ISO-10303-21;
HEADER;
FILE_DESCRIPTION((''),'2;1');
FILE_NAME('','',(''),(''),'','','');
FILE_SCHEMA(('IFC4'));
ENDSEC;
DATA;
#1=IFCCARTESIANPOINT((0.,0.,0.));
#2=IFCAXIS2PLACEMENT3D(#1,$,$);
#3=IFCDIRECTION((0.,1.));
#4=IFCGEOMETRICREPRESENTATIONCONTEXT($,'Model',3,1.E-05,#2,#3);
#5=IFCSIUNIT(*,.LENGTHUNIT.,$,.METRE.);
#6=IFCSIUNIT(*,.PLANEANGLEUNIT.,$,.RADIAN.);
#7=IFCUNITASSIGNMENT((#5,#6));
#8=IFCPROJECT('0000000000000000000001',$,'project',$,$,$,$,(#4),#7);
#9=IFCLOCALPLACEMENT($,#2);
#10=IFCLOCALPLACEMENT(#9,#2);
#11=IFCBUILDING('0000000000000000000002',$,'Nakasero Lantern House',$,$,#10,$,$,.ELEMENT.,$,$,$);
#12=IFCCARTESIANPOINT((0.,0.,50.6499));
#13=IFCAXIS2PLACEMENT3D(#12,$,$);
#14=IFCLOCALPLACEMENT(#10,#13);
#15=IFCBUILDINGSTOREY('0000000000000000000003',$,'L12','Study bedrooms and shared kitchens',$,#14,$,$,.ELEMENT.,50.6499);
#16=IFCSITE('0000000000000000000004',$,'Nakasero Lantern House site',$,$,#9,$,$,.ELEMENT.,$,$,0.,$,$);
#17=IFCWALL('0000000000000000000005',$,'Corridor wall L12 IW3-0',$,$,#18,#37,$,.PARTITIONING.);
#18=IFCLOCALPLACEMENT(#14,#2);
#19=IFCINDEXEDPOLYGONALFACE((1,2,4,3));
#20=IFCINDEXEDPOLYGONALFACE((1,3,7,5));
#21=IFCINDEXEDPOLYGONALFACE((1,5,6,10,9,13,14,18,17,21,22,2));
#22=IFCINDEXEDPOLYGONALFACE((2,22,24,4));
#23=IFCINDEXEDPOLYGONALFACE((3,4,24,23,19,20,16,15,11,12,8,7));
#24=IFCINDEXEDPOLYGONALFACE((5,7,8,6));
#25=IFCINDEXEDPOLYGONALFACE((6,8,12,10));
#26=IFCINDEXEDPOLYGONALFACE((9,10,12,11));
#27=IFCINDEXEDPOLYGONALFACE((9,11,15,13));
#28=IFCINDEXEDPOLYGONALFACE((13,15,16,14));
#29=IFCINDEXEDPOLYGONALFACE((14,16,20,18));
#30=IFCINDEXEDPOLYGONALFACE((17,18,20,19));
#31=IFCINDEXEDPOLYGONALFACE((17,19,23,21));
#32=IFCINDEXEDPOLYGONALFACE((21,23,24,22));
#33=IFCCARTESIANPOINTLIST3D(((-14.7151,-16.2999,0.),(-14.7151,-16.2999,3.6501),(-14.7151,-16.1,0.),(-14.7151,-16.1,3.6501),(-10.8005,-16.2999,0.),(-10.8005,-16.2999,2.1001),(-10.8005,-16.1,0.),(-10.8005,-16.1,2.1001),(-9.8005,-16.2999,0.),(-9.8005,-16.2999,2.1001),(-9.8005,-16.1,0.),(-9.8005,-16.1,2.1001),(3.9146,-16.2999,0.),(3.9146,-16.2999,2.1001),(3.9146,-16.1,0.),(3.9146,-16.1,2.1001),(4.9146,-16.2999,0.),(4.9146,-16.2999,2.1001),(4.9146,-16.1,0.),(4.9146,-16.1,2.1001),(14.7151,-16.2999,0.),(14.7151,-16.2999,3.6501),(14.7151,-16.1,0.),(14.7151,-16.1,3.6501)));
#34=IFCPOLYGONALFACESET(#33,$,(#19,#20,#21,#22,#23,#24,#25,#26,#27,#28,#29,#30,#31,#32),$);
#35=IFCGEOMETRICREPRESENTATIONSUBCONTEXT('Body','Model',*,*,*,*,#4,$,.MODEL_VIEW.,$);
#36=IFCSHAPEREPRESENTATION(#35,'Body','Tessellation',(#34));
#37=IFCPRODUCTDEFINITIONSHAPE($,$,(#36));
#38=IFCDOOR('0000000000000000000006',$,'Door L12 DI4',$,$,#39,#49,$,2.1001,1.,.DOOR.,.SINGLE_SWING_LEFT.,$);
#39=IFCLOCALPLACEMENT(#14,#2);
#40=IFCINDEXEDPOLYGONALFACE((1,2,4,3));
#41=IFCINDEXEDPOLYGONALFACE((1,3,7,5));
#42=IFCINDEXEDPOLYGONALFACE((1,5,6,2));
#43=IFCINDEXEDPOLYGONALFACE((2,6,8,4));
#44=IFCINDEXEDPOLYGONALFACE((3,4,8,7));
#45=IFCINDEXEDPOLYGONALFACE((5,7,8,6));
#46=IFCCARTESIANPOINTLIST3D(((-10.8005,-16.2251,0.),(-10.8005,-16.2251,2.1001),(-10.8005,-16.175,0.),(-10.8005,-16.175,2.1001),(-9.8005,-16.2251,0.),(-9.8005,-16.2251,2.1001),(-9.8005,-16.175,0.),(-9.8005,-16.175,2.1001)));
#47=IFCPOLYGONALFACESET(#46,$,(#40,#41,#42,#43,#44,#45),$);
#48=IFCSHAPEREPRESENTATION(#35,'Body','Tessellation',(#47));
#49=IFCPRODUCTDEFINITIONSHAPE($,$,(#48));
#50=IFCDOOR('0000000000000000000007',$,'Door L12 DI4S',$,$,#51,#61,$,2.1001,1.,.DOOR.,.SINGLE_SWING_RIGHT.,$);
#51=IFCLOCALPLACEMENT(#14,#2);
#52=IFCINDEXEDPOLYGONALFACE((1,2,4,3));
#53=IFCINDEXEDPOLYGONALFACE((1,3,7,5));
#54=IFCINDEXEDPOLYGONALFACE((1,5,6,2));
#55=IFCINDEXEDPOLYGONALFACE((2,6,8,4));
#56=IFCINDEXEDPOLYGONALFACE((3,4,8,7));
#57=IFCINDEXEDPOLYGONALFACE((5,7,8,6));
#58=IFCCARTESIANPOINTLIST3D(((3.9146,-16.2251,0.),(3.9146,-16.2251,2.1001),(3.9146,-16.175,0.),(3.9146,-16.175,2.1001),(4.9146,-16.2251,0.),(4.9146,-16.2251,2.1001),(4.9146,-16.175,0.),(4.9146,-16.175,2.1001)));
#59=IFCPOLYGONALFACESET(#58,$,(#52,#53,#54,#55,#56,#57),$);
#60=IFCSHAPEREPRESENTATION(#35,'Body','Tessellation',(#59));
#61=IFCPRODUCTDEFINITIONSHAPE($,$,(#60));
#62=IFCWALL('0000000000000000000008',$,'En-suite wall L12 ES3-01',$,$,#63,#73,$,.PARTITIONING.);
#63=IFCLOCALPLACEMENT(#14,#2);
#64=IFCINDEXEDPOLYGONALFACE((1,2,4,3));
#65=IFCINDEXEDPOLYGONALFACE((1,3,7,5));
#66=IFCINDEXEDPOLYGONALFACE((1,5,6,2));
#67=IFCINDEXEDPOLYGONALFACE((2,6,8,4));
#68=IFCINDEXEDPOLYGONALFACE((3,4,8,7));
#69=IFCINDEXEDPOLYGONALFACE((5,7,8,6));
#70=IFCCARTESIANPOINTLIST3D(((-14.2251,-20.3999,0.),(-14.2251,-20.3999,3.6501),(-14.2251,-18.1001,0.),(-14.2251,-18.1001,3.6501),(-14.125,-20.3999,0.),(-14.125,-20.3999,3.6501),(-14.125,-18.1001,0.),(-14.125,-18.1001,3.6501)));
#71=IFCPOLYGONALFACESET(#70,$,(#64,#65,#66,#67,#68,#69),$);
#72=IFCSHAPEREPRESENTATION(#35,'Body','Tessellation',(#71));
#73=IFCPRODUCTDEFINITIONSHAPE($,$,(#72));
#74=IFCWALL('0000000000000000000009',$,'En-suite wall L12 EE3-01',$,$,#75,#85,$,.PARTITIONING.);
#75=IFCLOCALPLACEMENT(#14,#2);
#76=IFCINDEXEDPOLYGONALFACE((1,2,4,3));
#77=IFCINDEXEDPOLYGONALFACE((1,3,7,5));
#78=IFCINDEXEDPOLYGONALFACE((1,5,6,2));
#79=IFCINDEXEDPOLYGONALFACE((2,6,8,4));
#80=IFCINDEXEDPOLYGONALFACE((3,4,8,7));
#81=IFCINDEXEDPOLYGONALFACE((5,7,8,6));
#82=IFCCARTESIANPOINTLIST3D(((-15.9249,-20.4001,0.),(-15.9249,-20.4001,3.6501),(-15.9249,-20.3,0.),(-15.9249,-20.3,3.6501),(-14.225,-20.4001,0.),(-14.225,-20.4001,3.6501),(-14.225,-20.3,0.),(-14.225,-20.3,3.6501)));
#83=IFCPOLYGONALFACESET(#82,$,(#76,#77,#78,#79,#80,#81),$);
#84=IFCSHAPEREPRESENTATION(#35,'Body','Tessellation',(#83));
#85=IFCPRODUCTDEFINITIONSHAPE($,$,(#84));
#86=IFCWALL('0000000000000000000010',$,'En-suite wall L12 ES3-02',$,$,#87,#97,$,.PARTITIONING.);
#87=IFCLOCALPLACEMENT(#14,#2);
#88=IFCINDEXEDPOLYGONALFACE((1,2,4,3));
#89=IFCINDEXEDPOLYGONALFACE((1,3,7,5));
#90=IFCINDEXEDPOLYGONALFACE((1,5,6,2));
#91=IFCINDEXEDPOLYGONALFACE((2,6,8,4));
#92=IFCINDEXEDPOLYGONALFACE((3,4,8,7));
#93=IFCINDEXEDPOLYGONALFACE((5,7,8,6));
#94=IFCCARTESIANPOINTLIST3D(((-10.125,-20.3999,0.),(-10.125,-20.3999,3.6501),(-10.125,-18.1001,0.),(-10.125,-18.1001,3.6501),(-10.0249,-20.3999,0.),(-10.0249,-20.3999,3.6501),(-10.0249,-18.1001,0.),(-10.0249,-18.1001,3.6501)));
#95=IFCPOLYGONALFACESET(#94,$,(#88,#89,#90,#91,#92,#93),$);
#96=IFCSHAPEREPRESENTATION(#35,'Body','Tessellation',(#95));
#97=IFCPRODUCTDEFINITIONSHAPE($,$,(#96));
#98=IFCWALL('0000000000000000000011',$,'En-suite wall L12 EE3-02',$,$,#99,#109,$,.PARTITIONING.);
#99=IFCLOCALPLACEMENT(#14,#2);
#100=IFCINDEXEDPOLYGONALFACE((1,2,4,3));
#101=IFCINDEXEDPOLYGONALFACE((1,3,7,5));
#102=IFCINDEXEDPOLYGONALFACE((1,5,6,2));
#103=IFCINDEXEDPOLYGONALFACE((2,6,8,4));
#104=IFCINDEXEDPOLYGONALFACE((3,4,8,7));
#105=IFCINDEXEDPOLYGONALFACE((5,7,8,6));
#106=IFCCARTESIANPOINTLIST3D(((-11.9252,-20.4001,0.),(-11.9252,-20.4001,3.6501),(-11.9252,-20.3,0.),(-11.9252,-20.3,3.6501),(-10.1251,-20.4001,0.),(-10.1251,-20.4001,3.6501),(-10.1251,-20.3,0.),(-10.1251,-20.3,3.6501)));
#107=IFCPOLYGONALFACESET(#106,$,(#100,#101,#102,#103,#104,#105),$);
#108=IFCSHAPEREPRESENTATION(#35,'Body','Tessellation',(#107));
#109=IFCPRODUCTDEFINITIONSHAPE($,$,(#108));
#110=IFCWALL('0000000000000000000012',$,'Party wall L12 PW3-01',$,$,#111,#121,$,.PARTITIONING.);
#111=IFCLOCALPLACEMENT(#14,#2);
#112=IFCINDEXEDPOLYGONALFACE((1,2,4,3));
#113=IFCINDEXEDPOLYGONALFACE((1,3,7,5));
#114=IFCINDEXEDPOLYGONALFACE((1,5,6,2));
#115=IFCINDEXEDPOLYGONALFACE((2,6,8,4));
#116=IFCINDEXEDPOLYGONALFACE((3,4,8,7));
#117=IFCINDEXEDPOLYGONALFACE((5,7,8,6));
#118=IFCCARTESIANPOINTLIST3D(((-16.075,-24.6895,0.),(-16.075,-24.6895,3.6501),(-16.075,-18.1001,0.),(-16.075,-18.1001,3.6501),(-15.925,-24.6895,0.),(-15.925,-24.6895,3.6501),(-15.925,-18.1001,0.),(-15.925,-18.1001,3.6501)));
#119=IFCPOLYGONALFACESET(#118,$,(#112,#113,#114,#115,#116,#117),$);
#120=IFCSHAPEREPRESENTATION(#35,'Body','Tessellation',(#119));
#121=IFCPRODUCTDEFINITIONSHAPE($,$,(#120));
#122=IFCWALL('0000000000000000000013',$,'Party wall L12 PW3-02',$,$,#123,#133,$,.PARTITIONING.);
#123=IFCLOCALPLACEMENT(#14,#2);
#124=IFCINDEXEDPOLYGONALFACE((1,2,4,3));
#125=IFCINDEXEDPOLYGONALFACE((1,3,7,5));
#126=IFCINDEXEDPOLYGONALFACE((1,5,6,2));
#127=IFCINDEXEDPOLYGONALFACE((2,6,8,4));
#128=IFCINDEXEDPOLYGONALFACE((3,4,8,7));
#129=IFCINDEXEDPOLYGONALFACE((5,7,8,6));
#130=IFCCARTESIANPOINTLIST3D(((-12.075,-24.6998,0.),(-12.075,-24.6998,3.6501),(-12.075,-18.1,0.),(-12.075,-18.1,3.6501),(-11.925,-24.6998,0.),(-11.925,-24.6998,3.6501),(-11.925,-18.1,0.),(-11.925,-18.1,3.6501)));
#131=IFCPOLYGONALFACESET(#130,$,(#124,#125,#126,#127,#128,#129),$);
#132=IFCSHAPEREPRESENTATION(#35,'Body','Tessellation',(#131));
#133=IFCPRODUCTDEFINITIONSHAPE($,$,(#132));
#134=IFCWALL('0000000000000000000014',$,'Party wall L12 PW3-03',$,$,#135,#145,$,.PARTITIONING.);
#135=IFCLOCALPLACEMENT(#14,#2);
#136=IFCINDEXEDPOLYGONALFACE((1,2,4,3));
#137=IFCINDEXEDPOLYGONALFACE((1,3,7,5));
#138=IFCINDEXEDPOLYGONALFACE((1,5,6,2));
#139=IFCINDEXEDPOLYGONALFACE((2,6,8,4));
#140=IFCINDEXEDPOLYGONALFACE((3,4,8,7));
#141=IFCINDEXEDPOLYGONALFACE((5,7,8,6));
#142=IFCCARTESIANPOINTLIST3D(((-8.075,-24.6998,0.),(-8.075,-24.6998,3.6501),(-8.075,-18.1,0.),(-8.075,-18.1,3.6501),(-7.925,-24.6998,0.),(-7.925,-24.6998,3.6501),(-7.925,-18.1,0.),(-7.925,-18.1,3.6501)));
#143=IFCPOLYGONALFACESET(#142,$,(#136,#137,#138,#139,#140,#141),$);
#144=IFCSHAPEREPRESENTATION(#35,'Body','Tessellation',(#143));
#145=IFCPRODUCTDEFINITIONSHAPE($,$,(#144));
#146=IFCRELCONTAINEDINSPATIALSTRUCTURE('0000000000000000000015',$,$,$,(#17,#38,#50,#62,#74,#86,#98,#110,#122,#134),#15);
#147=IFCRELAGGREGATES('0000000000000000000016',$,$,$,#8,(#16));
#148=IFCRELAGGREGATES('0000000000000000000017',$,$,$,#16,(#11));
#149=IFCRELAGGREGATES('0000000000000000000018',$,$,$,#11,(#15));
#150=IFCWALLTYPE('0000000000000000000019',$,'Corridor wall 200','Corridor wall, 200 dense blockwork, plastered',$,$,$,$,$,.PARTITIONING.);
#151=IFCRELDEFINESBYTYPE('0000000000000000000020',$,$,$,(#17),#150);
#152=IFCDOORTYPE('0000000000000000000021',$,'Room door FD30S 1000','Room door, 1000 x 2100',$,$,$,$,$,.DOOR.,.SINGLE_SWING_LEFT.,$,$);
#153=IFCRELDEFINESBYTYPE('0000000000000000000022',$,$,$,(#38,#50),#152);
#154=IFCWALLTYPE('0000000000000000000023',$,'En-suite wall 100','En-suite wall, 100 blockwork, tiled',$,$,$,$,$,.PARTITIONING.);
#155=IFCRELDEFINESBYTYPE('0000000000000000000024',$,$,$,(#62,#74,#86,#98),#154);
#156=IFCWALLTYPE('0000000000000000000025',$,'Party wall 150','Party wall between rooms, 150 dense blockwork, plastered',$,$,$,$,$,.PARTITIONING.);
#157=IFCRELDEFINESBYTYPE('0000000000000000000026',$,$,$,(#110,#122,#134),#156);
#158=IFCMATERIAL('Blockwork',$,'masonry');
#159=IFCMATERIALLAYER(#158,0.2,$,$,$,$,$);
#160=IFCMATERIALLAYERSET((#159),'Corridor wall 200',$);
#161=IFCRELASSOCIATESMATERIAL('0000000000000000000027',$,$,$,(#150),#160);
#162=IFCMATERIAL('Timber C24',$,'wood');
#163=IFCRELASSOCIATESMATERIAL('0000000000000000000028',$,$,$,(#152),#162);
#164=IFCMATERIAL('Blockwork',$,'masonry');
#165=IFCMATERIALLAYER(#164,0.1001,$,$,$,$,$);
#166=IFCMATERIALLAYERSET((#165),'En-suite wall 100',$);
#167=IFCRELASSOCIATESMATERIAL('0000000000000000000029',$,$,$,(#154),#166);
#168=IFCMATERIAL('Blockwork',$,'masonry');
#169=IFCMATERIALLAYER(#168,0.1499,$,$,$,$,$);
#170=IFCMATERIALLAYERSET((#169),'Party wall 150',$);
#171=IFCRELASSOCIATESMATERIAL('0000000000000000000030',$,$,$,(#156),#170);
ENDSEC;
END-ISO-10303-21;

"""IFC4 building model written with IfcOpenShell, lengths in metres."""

from ifc_helpers import new_model, si_unit, direction, frame, frame_2d, origin, place, context, subcontext, project, spatial, rectangle, extrude, material, layer, layer_set, type_object, element, fill, save


model = new_model("IFC4")

# Units and contexts
model_context = context("Model", 3, precision=1e-05, world=origin(), true_north=direction((0.0, 1.0)))
body_context = subcontext(model_context, "Body", "Model", "MODEL_VIEW")
ifc_project = project(units=[si_unit("LENGTHUNIT", "METRE"), si_unit("PLANEANGLEUNIT", "RADIAN")], contexts=[model_context])

# Site, building, storey
site_placement = place(None, origin())
site = spatial("IfcSite", under=ifc_project, at=site_placement, Name="Nakasero Lantern House site", CompositionType="ELEMENT", RefElevation=0.0)
building_placement = place(site_placement, origin())
building = spatial("IfcBuilding", under=site, at=building_placement, Name="Nakasero Lantern House", CompositionType="ELEMENT")
storey_placement = place(building_placement, frame((0.0, 0.0, 50.6499)))
storey = spatial("IfcBuildingStorey", under=building, at=storey_placement, Name="L12", Description="Study bedrooms and shared kitchens", CompositionType="ELEMENT", Elevation=50.6499)

# Wall, openings, doors
ifc_material_1 = material(Name="Blockwork", Category="masonry")
ifc_layer_1 = layer(ifc_material_1, 0.2)
ifc_layer_set_1 = layer_set([ifc_layer_1], Name="Corridor wall 200")
wall_type_1 = type_object("IfcWallType", Name="Corridor wall 200", Description="Corridor wall, 200 dense blockwork, plastered", PredefinedType="PARTITIONING", material=ifc_layer_set_1)
wall_1_placement = place(storey_placement, frame((-14.7151, -16.2, 0.0), z_axis=(0.0, 0.0, 1.0), x_axis=(1.0, 0.0, 0.0)))
wall_1 = element("IfcWall", 1, at=wall_1_placement, inside=storey, type_object=wall_type_1, Name="Corridor wall L12 IW3-0", PredefinedType="PARTITIONING", context=body_context, shape_type="SweptSolid", body=[
    extrude(rectangle(XDim=29.4302, YDim=0.2, at=frame_2d((14.7151, 0.0))), origin(), (0.0, 0.0, 1.0), 3.6501),
])
opening_1_placement = place(wall_1_placement, frame((3.9146, 0.0, 0.0)))
opening_1 = element("IfcOpeningElement", 2, at=opening_1_placement, cuts=wall_1, PredefinedType="OPENING", context=body_context, shape_type="SweptSolid", body=[
    extrude(rectangle(XDim=1.0, YDim=2.1001, at=frame_2d((0.5, 1.05))), frame((0.0, 0.1199, 0.0), z_axis=(0.0, -1.0, 0.0), x_axis=(1.0, 0.0, 0.0)), (0.0, 0.0, 1.0), 0.24),
])
opening_2_placement = place(wall_1_placement, frame((18.6296, 0.0, 0.0)))
opening_2 = element("IfcOpeningElement", 3, at=opening_2_placement, cuts=wall_1, PredefinedType="OPENING", context=body_context, shape_type="SweptSolid", body=[
    extrude(rectangle(XDim=1.0, YDim=2.1001, at=frame_2d((0.5, 1.05))), frame((0.0, 0.1199, 0.0), z_axis=(0.0, -1.0, 0.0), x_axis=(1.0, 0.0, 0.0)), (0.0, 0.0, 1.0), 0.24),
])
ifc_material_2 = material(Name="Timber C24", Category="wood")
door_type = type_object("IfcDoorType", Name="Room door FD30S 1000", Description="Room door, 1000 x 2100", OperationType="SINGLE_SWING_LEFT", PredefinedType="DOOR", material=ifc_material_2)
door_1_placement = place(opening_1_placement, origin())
door_1 = element("IfcDoor", 4, at=door_1_placement, inside=storey, type_object=door_type, Name="Door L12 DI4", OperationType="SINGLE_SWING_LEFT", OverallHeight=2.1001, OverallWidth=1.0, PredefinedType="DOOR", context=body_context, shape_type="SweptSolid", body=[
    extrude(rectangle(XDim=1.0, YDim=2.1001, at=frame_2d((0.5, 1.05))), frame((0.0, 0.0249, 0.0), z_axis=(0.0, -1.0, 0.0), x_axis=(1.0, 0.0, 0.0)), (0.0, 0.0, 1.0), 0.05),
])
fill(opening_1, door_1)
door_2_placement = place(opening_2_placement, origin())
door_2 = element("IfcDoor", 5, at=door_2_placement, inside=storey, type_object=door_type, Name="Door L12 DI4S", OperationType="SINGLE_SWING_RIGHT", OverallHeight=2.1001, OverallWidth=1.0, PredefinedType="DOOR", context=body_context, shape_type="SweptSolid", body=[
    extrude(rectangle(XDim=1.0, YDim=2.1001, at=frame_2d((0.5, 1.05))), frame((0.0, 0.0249, 0.0), z_axis=(0.0, -1.0, 0.0), x_axis=(1.0, 0.0, 0.0)), (0.0, 0.0, 1.0), 0.05),
])
fill(opening_2, door_2)

# Walls
ifc_material_3 = material(Name="Blockwork", Category="masonry")
ifc_layer_2 = layer(ifc_material_3, 0.1001)
ifc_layer_set_2 = layer_set([ifc_layer_2], Name="En-suite wall 100")
wall_type_2 = type_object("IfcWallType", Name="En-suite wall 100", Description="En-suite wall, 100 blockwork, tiled", PredefinedType="PARTITIONING", material=ifc_layer_set_2)
wall_2_placement = place(storey_placement, frame((-14.175, -18.1001, 0.0), z_axis=(0.0, 0.0, 1.0), x_axis=(0.0, -1.0, 0.0)))
element("IfcWall", 6, at=wall_2_placement, inside=storey, type_object=wall_type_2, Name="En-suite wall L12 ES3-01", PredefinedType="PARTITIONING", context=body_context, shape_type="SweptSolid", body=[
    extrude(rectangle(XDim=2.2998, YDim=0.1001, at=frame_2d((1.1499, 0.0))), origin(), (0.0, 0.0, 1.0), 3.6501),
])
wall_3_placement = place(storey_placement, frame((-15.925, -20.3501, 0.0), z_axis=(0.0, 0.0, 1.0), x_axis=(1.0, 0.0, 0.0)))
element("IfcWall", 7, at=wall_3_placement, inside=storey, type_object=wall_type_2, Name="En-suite wall L12 EE3-01", PredefinedType="PARTITIONING", context=body_context, shape_type="SweptSolid", body=[
    extrude(rectangle(XDim=1.7, YDim=0.1001, at=frame_2d((0.8501, 0.0))), origin(), (0.0, 0.0, 1.0), 3.6501),
])
wall_4_placement = place(storey_placement, frame((-10.075, -18.1001, 0.0), z_axis=(0.0, 0.0, 1.0), x_axis=(0.0, -1.0, 0.0)))
element("IfcWall", 8, at=wall_4_placement, inside=storey, type_object=wall_type_2, Name="En-suite wall L12 ES3-02", PredefinedType="PARTITIONING", context=body_context, shape_type="SweptSolid", body=[
    extrude(rectangle(XDim=2.2998, YDim=0.1001, at=frame_2d((1.1499, 0.0))), origin(), (0.0, 0.0, 1.0), 3.6501),
])
wall_5_placement = place(storey_placement, frame((-11.925, -20.3501, 0.0), z_axis=(0.0, 0.0, 1.0), x_axis=(1.0, 0.0, 0.0)))
element("IfcWall", 9, at=wall_5_placement, inside=storey, type_object=wall_type_2, Name="En-suite wall L12 EE3-02", PredefinedType="PARTITIONING", context=body_context, shape_type="SweptSolid", body=[
    extrude(rectangle(XDim=1.8, YDim=0.1001, at=frame_2d((0.8999, 0.0))), origin(), (0.0, 0.0, 1.0), 3.6501),
])
ifc_material_4 = material(Name="Blockwork", Category="masonry")
ifc_layer_3 = layer(ifc_material_4, 0.1499)
ifc_layer_set_3 = layer_set([ifc_layer_3], Name="Party wall 150")
wall_type_3 = type_object("IfcWallType", Name="Party wall 150", Description="Party wall between rooms, 150 dense blockwork, plastered", PredefinedType="PARTITIONING", material=ifc_layer_set_3)
wall_6_placement = place(storey_placement, frame((-16.0, -18.1001, 0.0), z_axis=(0.0, 0.0, 1.0), x_axis=(0.0, -1.0, 0.0)))
element("IfcWall", 10, at=wall_6_placement, inside=storey, type_object=wall_type_3, Name="Party wall L12 PW3-01", PredefinedType="PARTITIONING", context=body_context, shape_type="SweptSolid", body=[
    extrude(rectangle(XDim=6.5894, YDim=0.1499, at=frame_2d((3.2947, 0.0))), origin(), (0.0, 0.0, 1.0), 3.6501),
])
for number, where, z_axis, x_axis, name in (
    (11, (-12.0, -18.1001, 0.0), (0.0, 0.0, 1.0), (0.0, -1.0, 0.0), "Party wall L12 PW3-02"),
    (12, (-8.0, -18.1001, 0.0), (0.0, 0.0, 1.0), (0.0, -1.0, 0.0), "Party wall L12 PW3-03"),
):
    element("IfcWall", number, at=place(storey_placement, frame(where, z_axis=z_axis, x_axis=x_axis)), inside=storey, type_object=wall_type_3, Name=name, PredefinedType="PARTITIONING", context=body_context, shape_type="SweptSolid", body=[
        extrude(rectangle(XDim=6.5999, YDim=0.1499, at=frame_2d((3.2998, 0.0))), origin(), (0.0, 0.0, 1.0), 3.6501),
    ])

save(model, "model.ifc")
